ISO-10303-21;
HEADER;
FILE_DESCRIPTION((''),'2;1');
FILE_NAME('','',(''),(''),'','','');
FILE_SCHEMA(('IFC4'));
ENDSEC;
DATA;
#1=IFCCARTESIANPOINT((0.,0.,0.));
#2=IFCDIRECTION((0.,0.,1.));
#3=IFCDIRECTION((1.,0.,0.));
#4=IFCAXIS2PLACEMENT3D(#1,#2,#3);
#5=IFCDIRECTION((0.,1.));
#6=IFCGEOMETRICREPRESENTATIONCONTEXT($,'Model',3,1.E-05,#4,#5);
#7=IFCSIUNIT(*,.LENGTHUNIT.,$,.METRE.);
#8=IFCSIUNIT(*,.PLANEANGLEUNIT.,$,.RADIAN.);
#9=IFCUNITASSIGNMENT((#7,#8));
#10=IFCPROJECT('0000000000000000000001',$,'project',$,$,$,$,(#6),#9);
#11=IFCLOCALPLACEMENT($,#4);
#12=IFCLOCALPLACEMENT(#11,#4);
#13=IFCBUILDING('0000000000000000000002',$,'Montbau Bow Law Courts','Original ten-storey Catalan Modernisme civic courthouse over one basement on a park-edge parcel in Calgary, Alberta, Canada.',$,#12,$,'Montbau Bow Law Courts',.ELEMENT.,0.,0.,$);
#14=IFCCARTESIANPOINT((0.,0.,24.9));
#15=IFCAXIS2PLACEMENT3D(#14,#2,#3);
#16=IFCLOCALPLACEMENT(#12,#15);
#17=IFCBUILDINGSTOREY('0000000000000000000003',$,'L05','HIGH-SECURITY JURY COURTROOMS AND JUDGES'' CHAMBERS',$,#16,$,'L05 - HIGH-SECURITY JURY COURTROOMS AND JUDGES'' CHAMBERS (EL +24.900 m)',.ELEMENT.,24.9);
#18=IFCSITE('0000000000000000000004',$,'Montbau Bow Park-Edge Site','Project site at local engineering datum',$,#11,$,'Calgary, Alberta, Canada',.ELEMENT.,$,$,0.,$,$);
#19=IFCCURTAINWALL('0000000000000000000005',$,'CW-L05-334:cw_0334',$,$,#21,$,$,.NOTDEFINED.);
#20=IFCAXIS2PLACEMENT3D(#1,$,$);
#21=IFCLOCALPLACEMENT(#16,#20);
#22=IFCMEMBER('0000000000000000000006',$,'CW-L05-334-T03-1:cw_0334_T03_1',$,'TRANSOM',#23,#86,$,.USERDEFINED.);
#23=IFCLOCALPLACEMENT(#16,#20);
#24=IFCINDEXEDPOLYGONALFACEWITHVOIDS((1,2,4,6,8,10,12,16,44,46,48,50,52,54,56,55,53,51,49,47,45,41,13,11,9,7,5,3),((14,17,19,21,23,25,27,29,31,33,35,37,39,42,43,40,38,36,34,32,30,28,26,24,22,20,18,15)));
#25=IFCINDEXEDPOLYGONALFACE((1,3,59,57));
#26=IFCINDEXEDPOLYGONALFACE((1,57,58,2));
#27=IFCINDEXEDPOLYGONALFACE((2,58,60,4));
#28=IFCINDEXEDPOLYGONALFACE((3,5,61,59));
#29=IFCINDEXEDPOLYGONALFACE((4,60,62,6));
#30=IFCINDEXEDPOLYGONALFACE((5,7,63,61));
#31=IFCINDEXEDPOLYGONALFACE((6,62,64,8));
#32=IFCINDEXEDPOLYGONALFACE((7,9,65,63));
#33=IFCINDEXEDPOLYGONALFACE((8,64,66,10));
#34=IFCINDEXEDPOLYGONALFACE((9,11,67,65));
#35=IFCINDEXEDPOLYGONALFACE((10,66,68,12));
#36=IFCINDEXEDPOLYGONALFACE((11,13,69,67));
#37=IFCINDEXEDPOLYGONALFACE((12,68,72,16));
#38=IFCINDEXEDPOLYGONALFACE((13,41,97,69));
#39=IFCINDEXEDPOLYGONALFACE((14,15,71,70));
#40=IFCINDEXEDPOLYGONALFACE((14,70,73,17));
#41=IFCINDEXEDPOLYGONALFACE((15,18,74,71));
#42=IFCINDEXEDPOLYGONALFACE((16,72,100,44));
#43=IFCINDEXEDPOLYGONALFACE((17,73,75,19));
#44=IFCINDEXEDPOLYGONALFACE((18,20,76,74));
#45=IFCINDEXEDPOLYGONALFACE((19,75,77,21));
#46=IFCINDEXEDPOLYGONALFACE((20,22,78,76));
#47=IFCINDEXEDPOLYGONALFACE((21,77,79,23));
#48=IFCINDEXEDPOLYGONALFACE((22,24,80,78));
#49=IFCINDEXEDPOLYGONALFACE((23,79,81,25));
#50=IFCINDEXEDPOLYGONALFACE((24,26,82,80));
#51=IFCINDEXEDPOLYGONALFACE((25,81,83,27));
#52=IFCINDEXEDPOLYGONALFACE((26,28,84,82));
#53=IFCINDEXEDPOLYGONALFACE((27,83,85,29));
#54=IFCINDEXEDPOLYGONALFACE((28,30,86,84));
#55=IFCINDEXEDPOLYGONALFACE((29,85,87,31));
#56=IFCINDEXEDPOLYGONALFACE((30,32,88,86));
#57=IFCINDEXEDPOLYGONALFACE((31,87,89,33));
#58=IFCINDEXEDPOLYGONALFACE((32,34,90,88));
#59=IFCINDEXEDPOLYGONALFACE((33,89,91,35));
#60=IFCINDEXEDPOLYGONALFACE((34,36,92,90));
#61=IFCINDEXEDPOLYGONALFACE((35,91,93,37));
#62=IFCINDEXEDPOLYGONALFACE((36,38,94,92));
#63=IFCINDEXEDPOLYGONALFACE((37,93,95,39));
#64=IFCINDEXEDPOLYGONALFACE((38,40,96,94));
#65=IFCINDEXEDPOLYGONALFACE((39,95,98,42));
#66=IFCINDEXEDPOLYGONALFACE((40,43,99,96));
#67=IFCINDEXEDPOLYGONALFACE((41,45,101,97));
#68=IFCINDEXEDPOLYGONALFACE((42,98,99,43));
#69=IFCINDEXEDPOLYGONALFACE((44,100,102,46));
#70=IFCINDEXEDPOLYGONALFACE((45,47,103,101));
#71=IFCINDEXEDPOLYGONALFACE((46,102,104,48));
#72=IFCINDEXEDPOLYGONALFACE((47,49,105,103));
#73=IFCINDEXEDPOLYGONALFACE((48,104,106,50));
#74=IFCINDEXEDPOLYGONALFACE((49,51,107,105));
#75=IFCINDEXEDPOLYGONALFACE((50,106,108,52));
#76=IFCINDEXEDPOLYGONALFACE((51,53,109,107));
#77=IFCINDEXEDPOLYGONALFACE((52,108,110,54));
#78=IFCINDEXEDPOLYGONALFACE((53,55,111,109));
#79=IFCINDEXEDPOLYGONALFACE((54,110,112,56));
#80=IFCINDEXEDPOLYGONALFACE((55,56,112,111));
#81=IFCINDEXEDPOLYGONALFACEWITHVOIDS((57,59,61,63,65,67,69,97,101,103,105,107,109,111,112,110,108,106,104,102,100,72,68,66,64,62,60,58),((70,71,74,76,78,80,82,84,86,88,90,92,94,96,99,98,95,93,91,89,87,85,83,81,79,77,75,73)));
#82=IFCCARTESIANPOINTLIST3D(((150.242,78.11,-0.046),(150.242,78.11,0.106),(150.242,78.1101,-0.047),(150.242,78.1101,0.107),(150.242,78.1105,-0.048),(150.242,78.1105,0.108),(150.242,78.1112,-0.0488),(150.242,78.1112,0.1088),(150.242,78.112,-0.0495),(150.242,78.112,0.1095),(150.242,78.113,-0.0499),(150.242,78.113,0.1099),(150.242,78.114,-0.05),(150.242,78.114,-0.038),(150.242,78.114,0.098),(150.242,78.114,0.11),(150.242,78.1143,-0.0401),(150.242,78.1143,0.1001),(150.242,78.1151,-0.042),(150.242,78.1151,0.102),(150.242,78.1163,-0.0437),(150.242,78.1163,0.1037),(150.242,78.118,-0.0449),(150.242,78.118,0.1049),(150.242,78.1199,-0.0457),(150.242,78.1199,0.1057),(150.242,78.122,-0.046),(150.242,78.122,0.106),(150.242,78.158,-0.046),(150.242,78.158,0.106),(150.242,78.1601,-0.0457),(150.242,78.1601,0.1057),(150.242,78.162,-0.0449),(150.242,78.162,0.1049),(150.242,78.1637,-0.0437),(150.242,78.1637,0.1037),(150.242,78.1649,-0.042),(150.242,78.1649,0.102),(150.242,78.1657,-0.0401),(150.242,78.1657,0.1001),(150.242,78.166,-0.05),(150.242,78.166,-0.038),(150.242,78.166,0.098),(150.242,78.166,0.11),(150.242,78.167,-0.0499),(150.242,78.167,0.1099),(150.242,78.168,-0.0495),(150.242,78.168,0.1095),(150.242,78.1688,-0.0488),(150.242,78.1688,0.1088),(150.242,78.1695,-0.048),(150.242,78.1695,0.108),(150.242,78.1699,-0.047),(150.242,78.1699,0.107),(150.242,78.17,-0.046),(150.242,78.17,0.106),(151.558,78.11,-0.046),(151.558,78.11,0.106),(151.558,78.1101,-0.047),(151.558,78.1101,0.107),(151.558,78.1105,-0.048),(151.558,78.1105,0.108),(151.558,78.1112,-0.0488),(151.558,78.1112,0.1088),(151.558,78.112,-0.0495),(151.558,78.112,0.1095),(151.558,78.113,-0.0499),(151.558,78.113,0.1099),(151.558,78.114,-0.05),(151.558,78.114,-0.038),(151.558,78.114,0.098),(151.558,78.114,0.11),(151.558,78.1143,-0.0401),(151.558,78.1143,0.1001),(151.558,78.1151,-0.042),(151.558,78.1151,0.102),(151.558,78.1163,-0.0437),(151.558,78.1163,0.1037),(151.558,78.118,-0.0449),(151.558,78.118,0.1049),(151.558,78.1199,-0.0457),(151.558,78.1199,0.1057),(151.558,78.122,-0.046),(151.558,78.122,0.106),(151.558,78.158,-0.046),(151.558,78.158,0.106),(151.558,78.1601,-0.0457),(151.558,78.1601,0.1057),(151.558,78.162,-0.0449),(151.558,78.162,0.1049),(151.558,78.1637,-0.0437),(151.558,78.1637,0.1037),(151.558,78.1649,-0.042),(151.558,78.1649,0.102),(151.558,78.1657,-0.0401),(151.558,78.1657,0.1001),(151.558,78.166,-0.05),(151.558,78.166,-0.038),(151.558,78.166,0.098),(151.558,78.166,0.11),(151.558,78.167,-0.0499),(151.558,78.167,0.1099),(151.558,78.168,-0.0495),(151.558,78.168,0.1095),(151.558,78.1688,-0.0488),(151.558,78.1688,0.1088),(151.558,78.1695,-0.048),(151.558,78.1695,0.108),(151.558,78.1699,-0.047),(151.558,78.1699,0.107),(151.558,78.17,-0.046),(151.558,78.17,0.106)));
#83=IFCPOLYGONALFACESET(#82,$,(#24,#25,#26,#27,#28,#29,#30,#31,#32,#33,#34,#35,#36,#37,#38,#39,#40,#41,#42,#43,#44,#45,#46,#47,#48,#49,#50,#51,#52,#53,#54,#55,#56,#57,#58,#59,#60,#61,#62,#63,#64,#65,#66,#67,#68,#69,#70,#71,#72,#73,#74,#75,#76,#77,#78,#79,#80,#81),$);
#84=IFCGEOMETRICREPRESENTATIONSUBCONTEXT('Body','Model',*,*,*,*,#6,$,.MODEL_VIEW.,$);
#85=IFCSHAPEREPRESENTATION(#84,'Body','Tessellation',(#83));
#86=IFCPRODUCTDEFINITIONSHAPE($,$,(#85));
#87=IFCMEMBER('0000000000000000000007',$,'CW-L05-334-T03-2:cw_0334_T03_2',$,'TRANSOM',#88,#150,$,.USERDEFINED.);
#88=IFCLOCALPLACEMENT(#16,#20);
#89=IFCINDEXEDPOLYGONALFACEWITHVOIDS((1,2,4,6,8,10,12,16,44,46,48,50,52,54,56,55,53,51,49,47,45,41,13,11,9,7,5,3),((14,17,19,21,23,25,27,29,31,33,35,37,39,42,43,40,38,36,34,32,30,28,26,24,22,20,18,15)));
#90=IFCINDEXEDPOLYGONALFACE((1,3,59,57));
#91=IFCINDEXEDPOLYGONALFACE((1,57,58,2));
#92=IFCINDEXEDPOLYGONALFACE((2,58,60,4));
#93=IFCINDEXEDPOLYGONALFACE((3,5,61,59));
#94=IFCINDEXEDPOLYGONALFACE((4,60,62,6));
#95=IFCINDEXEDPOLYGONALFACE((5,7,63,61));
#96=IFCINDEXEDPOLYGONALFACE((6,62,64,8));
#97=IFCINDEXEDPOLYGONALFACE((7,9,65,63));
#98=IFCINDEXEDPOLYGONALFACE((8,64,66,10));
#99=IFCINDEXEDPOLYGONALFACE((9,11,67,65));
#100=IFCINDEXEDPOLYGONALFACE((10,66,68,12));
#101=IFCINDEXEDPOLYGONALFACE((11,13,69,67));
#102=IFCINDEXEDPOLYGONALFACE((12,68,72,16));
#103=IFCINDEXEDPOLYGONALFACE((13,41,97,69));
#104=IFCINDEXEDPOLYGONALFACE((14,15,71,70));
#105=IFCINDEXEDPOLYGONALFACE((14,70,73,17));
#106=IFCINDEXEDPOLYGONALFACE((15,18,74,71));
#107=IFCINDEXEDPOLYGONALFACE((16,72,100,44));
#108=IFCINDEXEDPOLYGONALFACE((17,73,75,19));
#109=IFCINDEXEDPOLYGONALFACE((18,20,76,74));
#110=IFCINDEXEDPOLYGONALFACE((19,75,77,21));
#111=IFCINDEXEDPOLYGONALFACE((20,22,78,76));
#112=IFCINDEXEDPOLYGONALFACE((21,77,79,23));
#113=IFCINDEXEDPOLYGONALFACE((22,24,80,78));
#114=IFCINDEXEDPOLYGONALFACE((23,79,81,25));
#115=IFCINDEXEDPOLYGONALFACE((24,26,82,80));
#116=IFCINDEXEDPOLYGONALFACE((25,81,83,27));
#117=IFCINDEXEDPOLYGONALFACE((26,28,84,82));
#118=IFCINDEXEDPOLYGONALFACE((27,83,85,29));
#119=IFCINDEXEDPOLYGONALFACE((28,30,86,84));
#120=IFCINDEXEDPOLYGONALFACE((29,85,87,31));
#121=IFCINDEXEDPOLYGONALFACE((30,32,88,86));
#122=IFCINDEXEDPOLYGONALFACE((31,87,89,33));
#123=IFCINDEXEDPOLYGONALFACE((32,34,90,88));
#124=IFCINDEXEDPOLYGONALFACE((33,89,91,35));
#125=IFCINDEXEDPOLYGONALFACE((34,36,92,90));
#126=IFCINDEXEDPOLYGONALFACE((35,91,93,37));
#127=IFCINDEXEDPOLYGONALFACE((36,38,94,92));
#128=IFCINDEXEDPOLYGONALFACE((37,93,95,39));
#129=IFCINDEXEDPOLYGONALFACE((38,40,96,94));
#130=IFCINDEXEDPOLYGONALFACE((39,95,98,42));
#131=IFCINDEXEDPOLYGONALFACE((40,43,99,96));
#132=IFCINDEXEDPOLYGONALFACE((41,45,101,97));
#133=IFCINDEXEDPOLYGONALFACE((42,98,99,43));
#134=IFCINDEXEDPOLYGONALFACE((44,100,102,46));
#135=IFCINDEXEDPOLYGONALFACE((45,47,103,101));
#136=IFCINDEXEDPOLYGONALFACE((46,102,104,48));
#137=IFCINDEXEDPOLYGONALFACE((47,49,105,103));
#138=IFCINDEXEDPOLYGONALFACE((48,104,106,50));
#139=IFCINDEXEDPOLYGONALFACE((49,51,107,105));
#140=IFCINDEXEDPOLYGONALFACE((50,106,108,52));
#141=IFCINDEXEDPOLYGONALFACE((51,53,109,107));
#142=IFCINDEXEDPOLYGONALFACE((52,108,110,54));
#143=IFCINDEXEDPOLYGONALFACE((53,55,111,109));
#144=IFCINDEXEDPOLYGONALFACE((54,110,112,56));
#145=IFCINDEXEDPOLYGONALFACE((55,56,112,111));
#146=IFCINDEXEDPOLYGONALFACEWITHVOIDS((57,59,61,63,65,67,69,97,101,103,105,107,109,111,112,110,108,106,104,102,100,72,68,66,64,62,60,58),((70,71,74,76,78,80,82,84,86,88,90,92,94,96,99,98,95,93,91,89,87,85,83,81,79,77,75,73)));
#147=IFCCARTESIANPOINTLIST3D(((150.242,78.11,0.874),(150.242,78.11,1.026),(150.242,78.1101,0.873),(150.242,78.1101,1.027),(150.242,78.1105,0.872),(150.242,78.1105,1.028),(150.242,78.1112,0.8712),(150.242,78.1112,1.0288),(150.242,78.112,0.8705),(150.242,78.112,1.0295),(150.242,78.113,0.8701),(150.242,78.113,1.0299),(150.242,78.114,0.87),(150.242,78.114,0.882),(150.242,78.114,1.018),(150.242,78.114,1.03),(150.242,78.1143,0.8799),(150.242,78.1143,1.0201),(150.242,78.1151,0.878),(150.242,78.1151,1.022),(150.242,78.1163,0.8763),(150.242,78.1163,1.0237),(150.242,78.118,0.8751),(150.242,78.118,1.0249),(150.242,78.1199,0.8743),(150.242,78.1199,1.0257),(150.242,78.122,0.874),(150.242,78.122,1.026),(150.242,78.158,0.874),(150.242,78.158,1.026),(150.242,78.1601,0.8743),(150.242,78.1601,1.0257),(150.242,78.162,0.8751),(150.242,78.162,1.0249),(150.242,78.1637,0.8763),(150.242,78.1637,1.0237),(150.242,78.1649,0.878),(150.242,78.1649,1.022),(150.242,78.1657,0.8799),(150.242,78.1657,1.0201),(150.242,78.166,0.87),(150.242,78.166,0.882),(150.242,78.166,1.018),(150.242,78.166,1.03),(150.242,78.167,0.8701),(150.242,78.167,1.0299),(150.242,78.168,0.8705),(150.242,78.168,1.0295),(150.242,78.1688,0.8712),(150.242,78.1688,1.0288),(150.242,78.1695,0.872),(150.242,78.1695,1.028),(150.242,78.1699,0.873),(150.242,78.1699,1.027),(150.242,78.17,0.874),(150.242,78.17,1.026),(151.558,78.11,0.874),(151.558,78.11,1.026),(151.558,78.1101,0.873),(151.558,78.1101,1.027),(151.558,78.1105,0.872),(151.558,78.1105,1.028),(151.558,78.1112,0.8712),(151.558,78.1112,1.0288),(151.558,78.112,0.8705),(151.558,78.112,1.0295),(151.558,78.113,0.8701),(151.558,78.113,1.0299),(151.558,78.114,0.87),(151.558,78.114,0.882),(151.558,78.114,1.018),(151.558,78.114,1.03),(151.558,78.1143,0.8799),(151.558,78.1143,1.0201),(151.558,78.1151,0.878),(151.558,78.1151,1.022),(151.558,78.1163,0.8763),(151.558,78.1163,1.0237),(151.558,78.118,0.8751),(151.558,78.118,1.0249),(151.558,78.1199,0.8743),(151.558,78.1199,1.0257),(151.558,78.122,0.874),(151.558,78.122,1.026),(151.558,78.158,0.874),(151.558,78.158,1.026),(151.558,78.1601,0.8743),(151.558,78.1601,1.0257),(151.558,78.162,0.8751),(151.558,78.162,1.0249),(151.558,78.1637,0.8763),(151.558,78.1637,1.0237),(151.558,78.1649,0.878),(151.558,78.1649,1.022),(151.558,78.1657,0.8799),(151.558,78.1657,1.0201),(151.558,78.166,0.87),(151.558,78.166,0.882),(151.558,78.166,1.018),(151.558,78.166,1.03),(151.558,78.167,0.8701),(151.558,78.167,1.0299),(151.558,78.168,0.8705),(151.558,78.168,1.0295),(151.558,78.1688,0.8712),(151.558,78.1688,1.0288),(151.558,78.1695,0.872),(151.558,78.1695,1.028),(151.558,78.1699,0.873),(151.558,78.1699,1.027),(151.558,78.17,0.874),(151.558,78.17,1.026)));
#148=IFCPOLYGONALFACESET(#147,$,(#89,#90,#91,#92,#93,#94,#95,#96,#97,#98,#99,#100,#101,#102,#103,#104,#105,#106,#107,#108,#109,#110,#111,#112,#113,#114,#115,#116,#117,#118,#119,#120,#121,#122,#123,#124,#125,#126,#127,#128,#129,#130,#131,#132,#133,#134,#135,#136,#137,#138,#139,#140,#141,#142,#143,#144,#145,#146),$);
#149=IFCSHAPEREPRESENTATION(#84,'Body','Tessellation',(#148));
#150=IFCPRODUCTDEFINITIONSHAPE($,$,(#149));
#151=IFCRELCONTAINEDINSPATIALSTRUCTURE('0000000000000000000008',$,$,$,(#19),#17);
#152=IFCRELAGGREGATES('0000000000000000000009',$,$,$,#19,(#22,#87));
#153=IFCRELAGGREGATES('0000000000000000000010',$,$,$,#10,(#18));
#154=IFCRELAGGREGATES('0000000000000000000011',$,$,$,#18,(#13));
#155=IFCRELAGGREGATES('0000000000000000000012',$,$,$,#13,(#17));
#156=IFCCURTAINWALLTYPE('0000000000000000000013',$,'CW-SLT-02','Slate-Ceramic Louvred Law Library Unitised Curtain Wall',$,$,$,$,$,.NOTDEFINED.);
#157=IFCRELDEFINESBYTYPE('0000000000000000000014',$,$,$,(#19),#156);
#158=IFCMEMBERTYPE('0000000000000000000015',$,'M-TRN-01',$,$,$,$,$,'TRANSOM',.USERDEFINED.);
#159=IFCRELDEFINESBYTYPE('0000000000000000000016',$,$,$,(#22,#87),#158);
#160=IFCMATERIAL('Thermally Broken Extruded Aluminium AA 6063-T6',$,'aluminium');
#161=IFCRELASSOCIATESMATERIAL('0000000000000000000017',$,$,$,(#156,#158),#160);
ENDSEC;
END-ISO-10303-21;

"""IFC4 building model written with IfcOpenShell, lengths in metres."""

from ifc_helpers import new_model, si_unit, direction, frame, origin_with_axes, origin_2d_with_axis, place, context, subcontext, project, spatial, hollow_rectangle, extrude, material, material_profile, profile_set, type_object, element, aggregate, save


model = new_model("IFC4")

# Units and contexts
model_context = context("Model", 3, precision=1e-05, world=origin_with_axes(), true_north=direction((0.0, 1.0)))
body_context = subcontext(model_context, "Body", "Model", "MODEL_VIEW")
ifc_project = project(units=[si_unit("LENGTHUNIT", "METRE"), si_unit("PLANEANGLEUNIT", "RADIAN")], contexts=[model_context])

# Site, building, storey
site_placement = place(None, origin_with_axes())
site = spatial("IfcSite", under=ifc_project, at=site_placement, Name="Montbau Bow Park-Edge Site", Description="Project site at local engineering datum", LongName="Calgary, Alberta, Canada", CompositionType="ELEMENT", RefElevation=0.0)
building_placement = place(site_placement, origin_with_axes())
building = spatial("IfcBuilding", under=site, at=building_placement, Name="Montbau Bow Law Courts", Description="Original ten-storey Catalan Modernisme civic courthouse over one basement on a park-edge parcel in Calgary, Alberta, Canada.", LongName="Montbau Bow Law Courts", CompositionType="ELEMENT", ElevationOfRefHeight=0.0, ElevationOfTerrain=0.0)
storey_placement = place(building_placement, frame((0.0, 0.0, 24.9), z_axis=(0.0, 0.0, 1.0), x_axis=(1.0, 0.0, 0.0)))
storey = spatial("IfcBuildingStorey", under=building, at=storey_placement, Name="L05", Description="HIGH-SECURITY JURY COURTROOMS AND JUDGES' CHAMBERS", LongName="L05 - HIGH-SECURITY JURY COURTROOMS AND JUDGES' CHAMBERS (EL +24.900 m)", CompositionType="ELEMENT", Elevation=24.9)

# Curtain wall, members
ifc_material_1 = material(Name="Thermally Broken Extruded Aluminium AA 6063-T6", Category="aluminium")
curtain_wall_type = type_object("IfcCurtainWallType", Name="CW-SLT-02", Description="Slate-Ceramic Louvred Law Library Unitised Curtain Wall", PredefinedType="NOTDEFINED", material=ifc_material_1)
curtain_wall_placement = place(None, frame((147.44, 78.14, 24.9), z_axis=(0.0, 0.0, 1.0), x_axis=(1.0, 0.0, 0.0)))
curtain_wall = element("IfcCurtainWall", 1, at=curtain_wall_placement, inside=storey, type_object=curtain_wall_type, Name="CW-L05-334:cw_0334", PredefinedType="NOTDEFINED")
ifc_material_profile_1 = material_profile(ifc_material_1, hollow_rectangle(XDim=0.06, YDim=0.16, WallThickness=0.004, InnerFilletRadius=0.008, OuterFilletRadius=0.004, at=origin_2d_with_axis()), Name="CWT-160X60", Category="Main", Priority=0)
ifc_profile_set_1 = profile_set([ifc_material_profile_1], Name="Thermally Broken Extruded Aluminium AA 6063-T6")
member_type_1 = type_object("IfcMemberType", Name="M-TRN-01", ElementType="TRANSOM", PredefinedType="USERDEFINED", material=ifc_profile_set_1)
member_1_placement = place(None, frame((150.242, 78.14, 24.93), z_axis=(1.0, 0.0, 0.0), x_axis=(0.0, 1.0, 0.0)))
member_1 = element("IfcMember", 2, at=member_1_placement, type_object=member_type_1, Name="CW-L05-334-T03-1:cw_0334_T03_1", ObjectType="TRANSOM", PredefinedType="USERDEFINED", context=body_context, shape_type="SweptSolid", body=[
    extrude(hollow_rectangle(XDim=0.06, YDim=0.16, WallThickness=0.004, InnerFilletRadius=0.008, OuterFilletRadius=0.004, at=origin_2d_with_axis()), origin_with_axes(), (0.0, 0.0, 1.0), 1.316),
])
member_2_placement = place(None, frame((150.242, 78.14, 25.85), z_axis=(1.0, 0.0, 0.0), x_axis=(0.0, 1.0, 0.0)))
member_2 = element("IfcMember", 3, at=member_2_placement, type_object=member_type_1, Name="CW-L05-334-T03-2:cw_0334_T03_2", ObjectType="TRANSOM", PredefinedType="USERDEFINED", context=body_context, shape_type="SweptSolid", body=[
    extrude(hollow_rectangle(XDim=0.06, YDim=0.16, WallThickness=0.004, InnerFilletRadius=0.008, OuterFilletRadius=0.004, at=origin_2d_with_axis()), origin_with_axes(), (0.0, 0.0, 1.0), 1.316),
])
aggregate(curtain_wall, [member_1, member_2])

save(model, "model.ifc")
